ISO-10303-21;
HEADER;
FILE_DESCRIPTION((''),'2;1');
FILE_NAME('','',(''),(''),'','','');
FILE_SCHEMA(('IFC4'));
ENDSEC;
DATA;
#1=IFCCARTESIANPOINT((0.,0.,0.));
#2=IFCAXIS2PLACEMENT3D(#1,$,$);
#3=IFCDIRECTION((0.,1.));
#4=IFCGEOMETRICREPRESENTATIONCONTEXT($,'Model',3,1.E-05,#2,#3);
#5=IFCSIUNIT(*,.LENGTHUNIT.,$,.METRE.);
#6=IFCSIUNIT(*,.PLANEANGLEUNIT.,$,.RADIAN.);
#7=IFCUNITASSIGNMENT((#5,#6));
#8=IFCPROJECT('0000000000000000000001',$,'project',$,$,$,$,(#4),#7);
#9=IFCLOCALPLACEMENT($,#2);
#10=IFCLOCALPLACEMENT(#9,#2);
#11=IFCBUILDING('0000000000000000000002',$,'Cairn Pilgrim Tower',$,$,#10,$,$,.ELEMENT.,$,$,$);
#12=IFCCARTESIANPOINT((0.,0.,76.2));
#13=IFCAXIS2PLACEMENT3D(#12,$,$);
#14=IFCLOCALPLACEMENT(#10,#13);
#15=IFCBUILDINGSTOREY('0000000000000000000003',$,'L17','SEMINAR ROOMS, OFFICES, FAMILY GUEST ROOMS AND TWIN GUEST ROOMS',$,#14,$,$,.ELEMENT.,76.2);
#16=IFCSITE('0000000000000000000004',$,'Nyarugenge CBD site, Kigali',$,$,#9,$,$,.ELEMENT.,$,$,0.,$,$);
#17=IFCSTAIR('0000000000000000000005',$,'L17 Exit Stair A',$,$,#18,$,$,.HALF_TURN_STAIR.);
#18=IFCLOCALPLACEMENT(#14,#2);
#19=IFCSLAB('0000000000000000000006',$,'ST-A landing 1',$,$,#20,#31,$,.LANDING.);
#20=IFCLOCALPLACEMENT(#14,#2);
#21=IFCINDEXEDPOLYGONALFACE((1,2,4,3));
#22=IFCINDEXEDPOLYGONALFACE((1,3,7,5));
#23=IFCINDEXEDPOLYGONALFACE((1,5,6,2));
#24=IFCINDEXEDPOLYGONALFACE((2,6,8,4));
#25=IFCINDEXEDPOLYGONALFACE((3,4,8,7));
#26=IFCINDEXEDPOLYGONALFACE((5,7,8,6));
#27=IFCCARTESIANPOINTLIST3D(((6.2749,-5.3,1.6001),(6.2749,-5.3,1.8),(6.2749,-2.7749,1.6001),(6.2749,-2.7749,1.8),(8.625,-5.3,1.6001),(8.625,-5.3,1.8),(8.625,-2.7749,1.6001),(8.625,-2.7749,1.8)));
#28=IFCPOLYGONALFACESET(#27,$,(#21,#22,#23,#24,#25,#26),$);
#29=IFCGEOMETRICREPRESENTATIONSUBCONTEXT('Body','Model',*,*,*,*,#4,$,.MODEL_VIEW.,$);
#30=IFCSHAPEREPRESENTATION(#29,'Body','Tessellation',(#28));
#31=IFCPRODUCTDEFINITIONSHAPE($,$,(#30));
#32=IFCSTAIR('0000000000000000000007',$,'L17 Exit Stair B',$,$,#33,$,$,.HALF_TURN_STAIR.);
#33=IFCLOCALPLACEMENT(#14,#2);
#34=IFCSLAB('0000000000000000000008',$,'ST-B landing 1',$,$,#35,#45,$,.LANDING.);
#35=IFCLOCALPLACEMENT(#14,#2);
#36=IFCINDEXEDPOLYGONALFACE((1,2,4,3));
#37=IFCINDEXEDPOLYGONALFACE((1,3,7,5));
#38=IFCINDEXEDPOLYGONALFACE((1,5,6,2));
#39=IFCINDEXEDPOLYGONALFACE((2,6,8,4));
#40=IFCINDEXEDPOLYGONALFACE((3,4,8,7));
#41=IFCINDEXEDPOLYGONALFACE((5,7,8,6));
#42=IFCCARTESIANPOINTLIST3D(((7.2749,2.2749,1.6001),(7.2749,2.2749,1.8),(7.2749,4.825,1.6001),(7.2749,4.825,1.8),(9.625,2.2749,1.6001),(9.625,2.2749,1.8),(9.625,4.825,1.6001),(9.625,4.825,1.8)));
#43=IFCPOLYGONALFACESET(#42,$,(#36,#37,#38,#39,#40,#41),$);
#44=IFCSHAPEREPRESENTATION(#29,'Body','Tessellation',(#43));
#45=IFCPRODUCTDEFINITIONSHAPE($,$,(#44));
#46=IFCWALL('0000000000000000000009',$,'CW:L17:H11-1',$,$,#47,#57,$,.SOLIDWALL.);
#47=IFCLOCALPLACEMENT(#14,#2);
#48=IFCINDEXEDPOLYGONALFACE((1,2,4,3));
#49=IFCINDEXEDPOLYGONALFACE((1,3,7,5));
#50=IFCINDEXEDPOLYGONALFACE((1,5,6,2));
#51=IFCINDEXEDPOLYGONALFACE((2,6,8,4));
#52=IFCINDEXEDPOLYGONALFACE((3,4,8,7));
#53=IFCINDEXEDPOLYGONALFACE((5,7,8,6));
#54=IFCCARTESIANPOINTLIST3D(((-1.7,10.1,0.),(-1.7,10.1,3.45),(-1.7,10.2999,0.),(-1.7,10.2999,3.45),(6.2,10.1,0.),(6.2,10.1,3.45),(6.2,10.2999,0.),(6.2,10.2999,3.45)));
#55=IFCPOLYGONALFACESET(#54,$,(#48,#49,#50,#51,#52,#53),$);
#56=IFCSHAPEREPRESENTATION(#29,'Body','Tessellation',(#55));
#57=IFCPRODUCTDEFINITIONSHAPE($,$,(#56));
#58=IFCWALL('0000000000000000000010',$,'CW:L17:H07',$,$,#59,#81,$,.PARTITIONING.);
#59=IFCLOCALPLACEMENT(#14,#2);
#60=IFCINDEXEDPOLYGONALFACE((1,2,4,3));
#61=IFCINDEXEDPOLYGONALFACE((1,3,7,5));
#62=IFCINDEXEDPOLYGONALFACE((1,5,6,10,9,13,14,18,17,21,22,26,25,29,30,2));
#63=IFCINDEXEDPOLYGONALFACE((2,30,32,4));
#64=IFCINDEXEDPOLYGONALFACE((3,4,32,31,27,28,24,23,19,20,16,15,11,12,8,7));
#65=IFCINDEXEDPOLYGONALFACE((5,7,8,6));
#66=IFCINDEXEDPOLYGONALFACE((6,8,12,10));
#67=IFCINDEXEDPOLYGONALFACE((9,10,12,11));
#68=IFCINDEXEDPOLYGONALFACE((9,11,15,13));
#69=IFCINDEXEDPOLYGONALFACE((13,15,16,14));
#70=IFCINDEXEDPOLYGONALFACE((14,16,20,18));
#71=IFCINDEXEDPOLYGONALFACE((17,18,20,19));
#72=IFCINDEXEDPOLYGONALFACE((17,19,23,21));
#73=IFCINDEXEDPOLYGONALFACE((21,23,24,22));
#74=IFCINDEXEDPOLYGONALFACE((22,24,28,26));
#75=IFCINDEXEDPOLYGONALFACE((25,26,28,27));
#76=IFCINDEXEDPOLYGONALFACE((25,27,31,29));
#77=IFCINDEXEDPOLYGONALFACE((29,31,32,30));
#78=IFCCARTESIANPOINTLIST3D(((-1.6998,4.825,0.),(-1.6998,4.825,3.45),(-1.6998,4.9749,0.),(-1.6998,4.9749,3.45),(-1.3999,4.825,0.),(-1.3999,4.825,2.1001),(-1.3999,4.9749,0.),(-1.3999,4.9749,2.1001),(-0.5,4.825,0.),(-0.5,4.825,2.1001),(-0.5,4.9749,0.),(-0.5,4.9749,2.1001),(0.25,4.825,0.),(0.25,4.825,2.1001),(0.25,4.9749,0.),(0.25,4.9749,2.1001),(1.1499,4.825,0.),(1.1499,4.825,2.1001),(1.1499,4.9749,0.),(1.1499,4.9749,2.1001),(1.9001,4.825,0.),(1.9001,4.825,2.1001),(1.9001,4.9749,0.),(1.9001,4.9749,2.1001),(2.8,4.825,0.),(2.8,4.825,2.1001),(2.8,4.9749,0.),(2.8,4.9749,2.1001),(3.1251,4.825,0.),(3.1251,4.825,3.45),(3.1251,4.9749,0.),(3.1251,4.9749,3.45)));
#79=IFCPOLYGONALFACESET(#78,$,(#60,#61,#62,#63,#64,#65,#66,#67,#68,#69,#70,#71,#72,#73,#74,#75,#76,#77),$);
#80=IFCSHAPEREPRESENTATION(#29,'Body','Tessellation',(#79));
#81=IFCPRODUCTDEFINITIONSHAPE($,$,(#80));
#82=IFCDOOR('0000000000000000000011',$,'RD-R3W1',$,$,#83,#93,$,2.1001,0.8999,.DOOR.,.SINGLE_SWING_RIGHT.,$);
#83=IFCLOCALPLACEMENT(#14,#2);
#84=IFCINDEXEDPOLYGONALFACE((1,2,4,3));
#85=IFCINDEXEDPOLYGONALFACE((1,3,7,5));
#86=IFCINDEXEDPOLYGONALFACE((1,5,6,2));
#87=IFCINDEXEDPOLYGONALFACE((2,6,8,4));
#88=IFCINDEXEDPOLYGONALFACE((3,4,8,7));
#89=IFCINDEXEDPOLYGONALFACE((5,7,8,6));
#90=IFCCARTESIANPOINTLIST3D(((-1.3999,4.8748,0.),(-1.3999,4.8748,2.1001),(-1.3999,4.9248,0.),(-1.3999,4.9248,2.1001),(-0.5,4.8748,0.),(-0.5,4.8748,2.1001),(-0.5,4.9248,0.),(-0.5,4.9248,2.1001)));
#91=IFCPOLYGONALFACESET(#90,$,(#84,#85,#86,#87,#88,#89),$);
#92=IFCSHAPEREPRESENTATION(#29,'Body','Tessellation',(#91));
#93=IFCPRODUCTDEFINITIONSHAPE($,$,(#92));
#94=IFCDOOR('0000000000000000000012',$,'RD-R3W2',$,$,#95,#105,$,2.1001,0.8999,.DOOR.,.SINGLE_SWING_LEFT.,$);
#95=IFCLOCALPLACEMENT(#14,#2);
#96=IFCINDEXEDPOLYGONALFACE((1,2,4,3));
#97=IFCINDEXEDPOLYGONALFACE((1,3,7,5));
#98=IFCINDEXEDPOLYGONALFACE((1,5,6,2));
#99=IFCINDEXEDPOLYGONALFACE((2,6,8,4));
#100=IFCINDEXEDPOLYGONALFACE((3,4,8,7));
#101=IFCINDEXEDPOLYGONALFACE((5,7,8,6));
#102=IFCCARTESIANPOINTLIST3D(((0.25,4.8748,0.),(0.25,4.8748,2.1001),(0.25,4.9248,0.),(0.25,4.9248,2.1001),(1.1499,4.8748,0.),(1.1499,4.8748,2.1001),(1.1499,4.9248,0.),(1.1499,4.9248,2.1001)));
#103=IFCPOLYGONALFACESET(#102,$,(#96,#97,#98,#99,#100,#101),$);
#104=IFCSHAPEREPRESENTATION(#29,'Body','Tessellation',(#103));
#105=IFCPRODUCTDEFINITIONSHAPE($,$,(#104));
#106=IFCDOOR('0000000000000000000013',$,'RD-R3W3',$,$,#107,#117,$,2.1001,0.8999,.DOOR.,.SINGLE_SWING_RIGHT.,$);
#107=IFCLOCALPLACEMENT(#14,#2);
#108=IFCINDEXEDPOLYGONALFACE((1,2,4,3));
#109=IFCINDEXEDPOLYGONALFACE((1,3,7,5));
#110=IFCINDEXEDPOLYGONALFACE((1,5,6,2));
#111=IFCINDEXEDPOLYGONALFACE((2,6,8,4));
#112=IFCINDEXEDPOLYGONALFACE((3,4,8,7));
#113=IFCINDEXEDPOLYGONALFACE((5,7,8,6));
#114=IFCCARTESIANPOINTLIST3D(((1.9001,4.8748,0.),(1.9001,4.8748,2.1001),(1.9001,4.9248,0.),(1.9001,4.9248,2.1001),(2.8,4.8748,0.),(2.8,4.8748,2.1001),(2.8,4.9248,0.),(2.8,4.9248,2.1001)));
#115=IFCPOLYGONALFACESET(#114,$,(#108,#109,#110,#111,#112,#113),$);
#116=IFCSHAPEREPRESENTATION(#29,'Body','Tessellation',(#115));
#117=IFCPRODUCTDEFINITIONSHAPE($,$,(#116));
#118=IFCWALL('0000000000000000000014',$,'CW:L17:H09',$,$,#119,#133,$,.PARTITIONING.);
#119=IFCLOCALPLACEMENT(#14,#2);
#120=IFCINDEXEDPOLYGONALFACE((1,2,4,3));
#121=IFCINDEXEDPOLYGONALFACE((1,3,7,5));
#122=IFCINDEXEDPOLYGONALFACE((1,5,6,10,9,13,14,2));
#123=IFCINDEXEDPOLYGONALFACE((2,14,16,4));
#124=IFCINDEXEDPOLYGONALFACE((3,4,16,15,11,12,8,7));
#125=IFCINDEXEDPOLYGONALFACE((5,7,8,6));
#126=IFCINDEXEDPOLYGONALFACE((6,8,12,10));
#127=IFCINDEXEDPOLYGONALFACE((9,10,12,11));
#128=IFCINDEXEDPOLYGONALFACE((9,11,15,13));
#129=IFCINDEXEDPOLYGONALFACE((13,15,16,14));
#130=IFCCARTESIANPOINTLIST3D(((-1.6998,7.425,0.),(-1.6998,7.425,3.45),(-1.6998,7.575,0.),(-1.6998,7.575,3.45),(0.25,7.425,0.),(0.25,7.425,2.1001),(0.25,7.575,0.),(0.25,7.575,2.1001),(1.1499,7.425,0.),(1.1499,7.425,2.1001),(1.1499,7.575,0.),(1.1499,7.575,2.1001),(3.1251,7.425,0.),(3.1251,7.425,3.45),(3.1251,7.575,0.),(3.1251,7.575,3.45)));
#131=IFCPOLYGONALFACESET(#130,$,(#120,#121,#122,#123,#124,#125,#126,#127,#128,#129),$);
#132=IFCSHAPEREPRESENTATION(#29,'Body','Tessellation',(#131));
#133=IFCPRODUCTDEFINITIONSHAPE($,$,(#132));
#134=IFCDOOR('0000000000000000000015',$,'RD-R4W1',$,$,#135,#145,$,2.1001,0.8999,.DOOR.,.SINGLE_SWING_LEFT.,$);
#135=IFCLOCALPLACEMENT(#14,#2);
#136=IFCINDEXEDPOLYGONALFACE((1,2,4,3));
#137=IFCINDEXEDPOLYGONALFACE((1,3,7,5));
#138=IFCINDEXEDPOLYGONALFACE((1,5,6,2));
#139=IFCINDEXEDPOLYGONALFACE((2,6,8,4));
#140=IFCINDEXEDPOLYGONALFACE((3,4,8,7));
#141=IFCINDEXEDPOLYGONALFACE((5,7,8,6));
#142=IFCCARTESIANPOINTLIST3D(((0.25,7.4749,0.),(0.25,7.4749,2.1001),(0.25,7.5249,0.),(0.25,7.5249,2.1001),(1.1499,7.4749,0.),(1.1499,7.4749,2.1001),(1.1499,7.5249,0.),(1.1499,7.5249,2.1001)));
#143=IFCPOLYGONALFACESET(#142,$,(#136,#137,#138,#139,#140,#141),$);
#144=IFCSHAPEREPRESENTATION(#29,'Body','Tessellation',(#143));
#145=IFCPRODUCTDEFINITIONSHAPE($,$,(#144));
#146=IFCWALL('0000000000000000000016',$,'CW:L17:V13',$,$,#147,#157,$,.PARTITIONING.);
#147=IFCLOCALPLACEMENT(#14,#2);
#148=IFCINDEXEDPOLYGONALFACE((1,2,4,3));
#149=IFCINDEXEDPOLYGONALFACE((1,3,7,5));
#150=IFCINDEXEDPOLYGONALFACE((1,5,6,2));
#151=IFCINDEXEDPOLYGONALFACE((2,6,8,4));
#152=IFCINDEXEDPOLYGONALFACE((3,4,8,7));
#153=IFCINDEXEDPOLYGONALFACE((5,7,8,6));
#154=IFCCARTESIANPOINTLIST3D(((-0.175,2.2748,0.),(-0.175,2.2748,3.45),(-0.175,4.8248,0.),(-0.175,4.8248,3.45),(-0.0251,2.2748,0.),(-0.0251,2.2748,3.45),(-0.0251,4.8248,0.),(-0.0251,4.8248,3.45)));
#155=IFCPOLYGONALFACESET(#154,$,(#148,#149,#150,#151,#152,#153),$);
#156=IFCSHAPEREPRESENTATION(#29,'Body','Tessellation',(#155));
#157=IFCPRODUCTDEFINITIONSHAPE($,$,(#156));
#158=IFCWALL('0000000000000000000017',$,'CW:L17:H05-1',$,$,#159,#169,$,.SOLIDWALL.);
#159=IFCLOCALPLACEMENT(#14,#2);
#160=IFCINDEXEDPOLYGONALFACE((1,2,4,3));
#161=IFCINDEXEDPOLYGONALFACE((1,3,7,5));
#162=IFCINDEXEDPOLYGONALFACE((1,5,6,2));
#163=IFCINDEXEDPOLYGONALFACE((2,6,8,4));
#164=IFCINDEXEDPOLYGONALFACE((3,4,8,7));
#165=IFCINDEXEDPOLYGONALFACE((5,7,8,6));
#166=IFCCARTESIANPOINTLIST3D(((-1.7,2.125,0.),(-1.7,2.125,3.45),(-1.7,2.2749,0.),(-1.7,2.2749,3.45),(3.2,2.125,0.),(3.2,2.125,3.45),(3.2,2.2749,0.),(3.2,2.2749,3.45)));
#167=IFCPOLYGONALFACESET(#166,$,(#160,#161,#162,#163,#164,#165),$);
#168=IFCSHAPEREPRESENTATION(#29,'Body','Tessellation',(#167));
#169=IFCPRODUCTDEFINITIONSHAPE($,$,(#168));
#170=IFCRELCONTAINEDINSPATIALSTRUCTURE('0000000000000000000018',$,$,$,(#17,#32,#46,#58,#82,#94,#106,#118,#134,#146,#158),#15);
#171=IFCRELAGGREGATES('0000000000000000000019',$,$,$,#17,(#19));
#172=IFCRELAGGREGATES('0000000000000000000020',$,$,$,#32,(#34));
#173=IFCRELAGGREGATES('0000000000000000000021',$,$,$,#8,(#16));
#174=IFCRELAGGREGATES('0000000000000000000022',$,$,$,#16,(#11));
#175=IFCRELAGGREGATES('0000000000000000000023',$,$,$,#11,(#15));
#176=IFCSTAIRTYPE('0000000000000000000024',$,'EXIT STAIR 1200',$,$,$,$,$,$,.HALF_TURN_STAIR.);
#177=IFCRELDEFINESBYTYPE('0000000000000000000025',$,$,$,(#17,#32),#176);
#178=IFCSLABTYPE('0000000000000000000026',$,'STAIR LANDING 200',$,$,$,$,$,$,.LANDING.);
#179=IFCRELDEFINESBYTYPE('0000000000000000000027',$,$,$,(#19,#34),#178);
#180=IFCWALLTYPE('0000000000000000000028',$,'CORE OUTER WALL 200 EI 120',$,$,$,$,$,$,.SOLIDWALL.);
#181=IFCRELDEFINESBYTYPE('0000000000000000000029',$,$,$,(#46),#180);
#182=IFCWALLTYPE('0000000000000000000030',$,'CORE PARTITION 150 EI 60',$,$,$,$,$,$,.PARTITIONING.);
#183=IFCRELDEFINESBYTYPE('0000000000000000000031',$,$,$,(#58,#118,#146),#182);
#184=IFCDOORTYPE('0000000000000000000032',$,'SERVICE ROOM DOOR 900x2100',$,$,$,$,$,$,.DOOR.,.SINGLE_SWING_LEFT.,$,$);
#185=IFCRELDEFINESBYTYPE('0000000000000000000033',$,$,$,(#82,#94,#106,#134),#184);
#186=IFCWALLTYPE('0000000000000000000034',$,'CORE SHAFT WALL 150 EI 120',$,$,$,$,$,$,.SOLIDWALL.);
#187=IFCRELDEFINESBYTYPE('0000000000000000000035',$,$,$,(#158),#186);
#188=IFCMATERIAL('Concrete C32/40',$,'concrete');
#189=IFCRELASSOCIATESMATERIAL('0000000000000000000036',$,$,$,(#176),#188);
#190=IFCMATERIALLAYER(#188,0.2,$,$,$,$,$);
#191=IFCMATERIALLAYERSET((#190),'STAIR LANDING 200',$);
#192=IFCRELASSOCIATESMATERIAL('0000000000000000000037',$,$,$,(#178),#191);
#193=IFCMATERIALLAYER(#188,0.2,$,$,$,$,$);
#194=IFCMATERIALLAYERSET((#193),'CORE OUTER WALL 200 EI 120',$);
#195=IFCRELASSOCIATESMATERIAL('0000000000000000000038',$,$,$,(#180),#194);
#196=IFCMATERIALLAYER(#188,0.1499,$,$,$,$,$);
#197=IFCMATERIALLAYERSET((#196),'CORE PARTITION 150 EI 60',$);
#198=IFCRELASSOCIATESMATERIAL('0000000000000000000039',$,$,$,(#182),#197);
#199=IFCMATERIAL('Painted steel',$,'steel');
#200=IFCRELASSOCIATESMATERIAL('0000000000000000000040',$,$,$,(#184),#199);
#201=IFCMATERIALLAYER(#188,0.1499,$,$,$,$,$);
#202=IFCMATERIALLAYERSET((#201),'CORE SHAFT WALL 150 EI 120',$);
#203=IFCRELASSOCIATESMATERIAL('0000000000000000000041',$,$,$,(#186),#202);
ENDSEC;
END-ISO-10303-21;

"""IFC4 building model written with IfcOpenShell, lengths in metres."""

from ifc_helpers import new_model, si_unit, direction, frame, frame_2d, origin, place, context, subcontext, project, spatial, polyline, rectangle, outline, extrude, material, layer, layer_set, type_object, element, fill, aggregate, save


model = new_model("IFC4")

# Units and contexts
model_context = context("Model", 3, precision=1e-05, world=origin(), true_north=direction((0.0, 1.0)))
body_context = subcontext(model_context, "Body", "Model", "MODEL_VIEW")
ifc_project = project(units=[si_unit("LENGTHUNIT", "METRE"), si_unit("PLANEANGLEUNIT", "RADIAN")], contexts=[model_context])

# Site, building, storey
site_placement = place(None, origin())
site = spatial("IfcSite", under=ifc_project, at=site_placement, Name="Nyarugenge CBD site, Kigali", CompositionType="ELEMENT", RefElevation=0.0)
building_placement = place(site_placement, origin())
building = spatial("IfcBuilding", under=site, at=building_placement, Name="Cairn Pilgrim Tower", CompositionType="ELEMENT")
storey_placement = place(building_placement, frame((0.0, 0.0, 76.2)))
storey = spatial("IfcBuildingStorey", under=building, at=storey_placement, Name="L17", Description="SEMINAR ROOMS, OFFICES, FAMILY GUEST ROOMS AND TWIN GUEST ROOMS", CompositionType="ELEMENT", Elevation=76.2)

# Stairs, slabs
ifc_material_1 = material(Name="Concrete C32/40", Category="concrete")
stair_type = type_object("IfcStairType", Name="EXIT STAIR 1200", PredefinedType="HALF_TURN_STAIR", material=ifc_material_1)
stair_1_placement = place(storey_placement, origin())
stair_1 = element("IfcStair", 1, at=stair_1_placement, inside=storey, type_object=stair_type, Name="L17 Exit Stair A", PredefinedType="HALF_TURN_STAIR")
ifc_layer_1 = layer(ifc_material_1, 0.2)
ifc_layer_set_1 = layer_set([ifc_layer_1], Name="STAIR LANDING 200")
slab_type_1 = type_object("IfcSlabType", Name="STAIR LANDING 200", PredefinedType="LANDING", material=ifc_layer_set_1)
slab_1_placement = place(storey_placement, frame((0.0, 0.0, 1.6001)))
slab_1 = element("IfcSlab", 2, at=slab_1_placement, type_object=slab_type_1, Name="ST-A landing 1", PredefinedType="LANDING", context=body_context, shape_type="SweptSolid", body=[
    extrude(outline(polyline([(8.625, -2.7749), (6.2749, -2.7749), (6.2749, -5.3), (8.625, -5.3), (8.625, -2.7749)])), origin(), (0.0, 0.0, 1.0), 0.2),
])
aggregate(stair_1, [slab_1])
stair_2_placement = place(storey_placement, origin())
stair_2 = element("IfcStair", 3, at=stair_2_placement, inside=storey, type_object=stair_type, Name="L17 Exit Stair B", PredefinedType="HALF_TURN_STAIR")
slab_2_placement = place(storey_placement, frame((0.0, 0.0, 1.6001)))
slab_2 = element("IfcSlab", 4, at=slab_2_placement, type_object=slab_type_1, Name="ST-B landing 1", PredefinedType="LANDING", context=body_context, shape_type="SweptSolid", body=[
    extrude(outline(polyline([(7.2749, 2.2749), (9.625, 2.2749), (9.625, 4.825), (7.2749, 4.825), (7.2749, 2.2749)])), origin(), (0.0, 0.0, 1.0), 0.2),
])
aggregate(stair_2, [slab_2])

# Wall
ifc_layer_2 = layer(ifc_material_1, 0.2)
ifc_layer_set_2 = layer_set([ifc_layer_2], Name="CORE OUTER WALL 200 EI 120")
wall_type_1 = type_object("IfcWallType", Name="CORE OUTER WALL 200 EI 120", PredefinedType="SOLIDWALL", material=ifc_layer_set_2)
wall_1_placement = place(storey_placement, frame((-1.7, 10.2, 0.0), z_axis=(0.0, 0.0, 1.0), x_axis=(1.0, 0.0, 0.0)))
element("IfcWall", 5, at=wall_1_placement, inside=storey, type_object=wall_type_1, Name="CW:L17:H11-1", PredefinedType="SOLIDWALL", context=body_context, shape_type="SweptSolid", body=[
    extrude(rectangle(XDim=7.8999, YDim=0.2, at=frame_2d((3.95, 0.0))), origin(), (0.0, 0.0, 1.0), 3.45),
])

# Wall, openings, doors
ifc_layer_3 = layer(ifc_material_1, 0.1499)
ifc_layer_set_3 = layer_set([ifc_layer_3], Name="CORE PARTITION 150 EI 60")
wall_type_2 = type_object("IfcWallType", Name="CORE PARTITION 150 EI 60", PredefinedType="PARTITIONING", material=ifc_layer_set_3)
wall_2_placement = place(storey_placement, frame((-1.7, 4.8999, 0.0), z_axis=(0.0, 0.0, 1.0), x_axis=(1.0, 0.0, 0.0)))
wall_2 = element("IfcWall", 6, at=wall_2_placement, inside=storey, type_object=wall_type_2, Name="CW:L17:H07", PredefinedType="PARTITIONING", context=body_context, shape_type="SweptSolid", body=[
    extrude(rectangle(XDim=4.825, YDim=0.1499, at=frame_2d((2.4126, 0.0))), origin(), (0.0, 0.0, 1.0), 3.45),
])
opening_1_placement = place(wall_2_placement, frame((0.3, 0.0, 0.0)))
opening_1 = element("IfcOpeningElement", 7, at=opening_1_placement, cuts=wall_2, PredefinedType="OPENING", context=body_context, shape_type="SweptSolid", body=[
    extrude(rectangle(XDim=0.8999, YDim=2.1001, at=frame_2d((0.45, 1.05))), frame((0.0, 0.085, 0.0), z_axis=(0.0, -1.0, 0.0), x_axis=(1.0, 0.0, 0.0)), (0.0, 0.0, 1.0), 0.1699),
])
opening_2_placement = place(wall_2_placement, frame((1.95, 0.0, 0.0)))
opening_2 = element("IfcOpeningElement", 8, at=opening_2_placement, cuts=wall_2, PredefinedType="OPENING", context=body_context, shape_type="SweptSolid", body=[
    extrude(rectangle(XDim=0.8999, YDim=2.1001, at=frame_2d((0.45, 1.05))), frame((0.0, 0.085, 0.0), z_axis=(0.0, -1.0, 0.0), x_axis=(1.0, 0.0, 0.0)), (0.0, 0.0, 1.0), 0.1699),
])
opening_3_placement = place(wall_2_placement, frame((3.6001, 0.0, 0.0)))
opening_3 = element("IfcOpeningElement", 9, at=opening_3_placement, cuts=wall_2, PredefinedType="OPENING", context=body_context, shape_type="SweptSolid", body=[
    extrude(rectangle(XDim=0.8999, YDim=2.1001, at=frame_2d((0.45, 1.05))), frame((0.0, 0.085, 0.0), z_axis=(0.0, -1.0, 0.0), x_axis=(1.0, 0.0, 0.0)), (0.0, 0.0, 1.0), 0.1699),
])
ifc_material_2 = material(Name="Painted steel", Category="steel")
door_type = type_object("IfcDoorType", Name="SERVICE ROOM DOOR 900x2100", OperationType="SINGLE_SWING_LEFT", PredefinedType="DOOR", material=ifc_material_2)
door_1_placement = place(opening_1_placement, origin())
door_1 = element("IfcDoor", 10, at=door_1_placement, inside=storey, type_object=door_type, Name="RD-R3W1", OperationType="SINGLE_SWING_RIGHT", OverallHeight=2.1001, OverallWidth=0.8999, PredefinedType="DOOR", context=body_context, shape_type="SweptSolid", body=[
    extrude(rectangle(XDim=0.8999, YDim=2.1001, at=frame_2d((0.45, 1.05))), frame((0.0, 0.0249, 0.0), z_axis=(0.0, -1.0, 0.0), x_axis=(1.0, 0.0, 0.0)), (0.0, 0.0, 1.0), 0.05),
])
fill(opening_1, door_1)
door_2_placement = place(opening_2_placement, origin())
door_2 = element("IfcDoor", 11, at=door_2_placement, inside=storey, type_object=door_type, Name="RD-R3W2", OperationType="SINGLE_SWING_LEFT", OverallHeight=2.1001, OverallWidth=0.8999, PredefinedType="DOOR", context=body_context, shape_type="SweptSolid", body=[
    extrude(rectangle(XDim=0.8999, YDim=2.1001, at=frame_2d((0.45, 1.05))), frame((0.0, 0.0249, 0.0), z_axis=(0.0, -1.0, 0.0), x_axis=(1.0, 0.0, 0.0)), (0.0, 0.0, 1.0), 0.05),
])
fill(opening_2, door_2)
door_3_placement = place(opening_3_placement, origin())
door_3 = element("IfcDoor", 12, at=door_3_placement, inside=storey, type_object=door_type, Name="RD-R3W3", OperationType="SINGLE_SWING_RIGHT", OverallHeight=2.1001, OverallWidth=0.8999, PredefinedType="DOOR", context=body_context, shape_type="SweptSolid", body=[
    extrude(rectangle(XDim=0.8999, YDim=2.1001, at=frame_2d((0.45, 1.05))), frame((0.0, 0.0249, 0.0), z_axis=(0.0, -1.0, 0.0), x_axis=(1.0, 0.0, 0.0)), (0.0, 0.0, 1.0), 0.05),
])
fill(opening_3, door_3)

# Wall, opening, door
wall_3_placement = place(storey_placement, frame((-1.7, 7.5, 0.0), z_axis=(0.0, 0.0, 1.0), x_axis=(1.0, 0.0, 0.0)))
wall_3 = element("IfcWall", 13, at=wall_3_placement, inside=storey, type_object=wall_type_2, Name="CW:L17:H09", PredefinedType="PARTITIONING", context=body_context, shape_type="SweptSolid", body=[
    extrude(rectangle(XDim=4.825, YDim=0.1499, at=frame_2d((2.4126, 0.0))), origin(), (0.0, 0.0, 1.0), 3.45),
])
opening_4_placement = place(wall_3_placement, frame((1.95, 0.0, 0.0)))
opening_4 = element("IfcOpeningElement", 14, at=opening_4_placement, cuts=wall_3, PredefinedType="OPENING", context=body_context, shape_type="SweptSolid", body=[
    extrude(rectangle(XDim=0.8999, YDim=2.1001, at=frame_2d((0.45, 1.05))), frame((0.0, 0.085, 0.0), z_axis=(0.0, -1.0, 0.0), x_axis=(1.0, 0.0, 0.0)), (0.0, 0.0, 1.0), 0.1699),
])
door_4_placement = place(opening_4_placement, origin())
door_4 = element("IfcDoor", 15, at=door_4_placement, inside=storey, type_object=door_type, Name="RD-R4W1", OperationType="SINGLE_SWING_LEFT", OverallHeight=2.1001, OverallWidth=0.8999, PredefinedType="DOOR", context=body_context, shape_type="SweptSolid", body=[
    extrude(rectangle(XDim=0.8999, YDim=2.1001, at=frame_2d((0.45, 1.05))), frame((0.0, 0.0249, 0.0), z_axis=(0.0, -1.0, 0.0), x_axis=(1.0, 0.0, 0.0)), (0.0, 0.0, 1.0), 0.05),
])
fill(opening_4, door_4)

# Walls
wall_4_placement = place(storey_placement, frame((-0.1001, 2.2749, 0.0), z_axis=(0.0, 0.0, 1.0), x_axis=(0.0, 1.0, 0.0)))
element("IfcWall", 16, at=wall_4_placement, inside=storey, type_object=wall_type_2, Name="CW:L17:V13", PredefinedType="PARTITIONING", context=body_context, shape_type="SweptSolid", body=[
    extrude(rectangle(XDim=2.55, YDim=0.1499, at=frame_2d((1.2749, 0.0))), origin(), (0.0, 0.0, 1.0), 3.45),
])
ifc_layer_4 = layer(ifc_material_1, 0.1499)
ifc_layer_set_4 = layer_set([ifc_layer_4], Name="CORE SHAFT WALL 150 EI 120")
wall_type_3 = type_object("IfcWallType", Name="CORE SHAFT WALL 150 EI 120", PredefinedType="SOLIDWALL", material=ifc_layer_set_4)
wall_5_placement = place(storey_placement, frame((-1.7, 2.2, 0.0), z_axis=(0.0, 0.0, 1.0), x_axis=(1.0, 0.0, 0.0)))
element("IfcWall", 17, at=wall_5_placement, inside=storey, type_object=wall_type_3, Name="CW:L17:H05-1", PredefinedType="SOLIDWALL", context=body_context, shape_type="SweptSolid", body=[
    extrude(rectangle(XDim=4.8999, YDim=0.1499, at=frame_2d((2.45, 0.0))), origin(), (0.0, 0.0, 1.0), 3.45),
])

save(model, "model.ifc")
